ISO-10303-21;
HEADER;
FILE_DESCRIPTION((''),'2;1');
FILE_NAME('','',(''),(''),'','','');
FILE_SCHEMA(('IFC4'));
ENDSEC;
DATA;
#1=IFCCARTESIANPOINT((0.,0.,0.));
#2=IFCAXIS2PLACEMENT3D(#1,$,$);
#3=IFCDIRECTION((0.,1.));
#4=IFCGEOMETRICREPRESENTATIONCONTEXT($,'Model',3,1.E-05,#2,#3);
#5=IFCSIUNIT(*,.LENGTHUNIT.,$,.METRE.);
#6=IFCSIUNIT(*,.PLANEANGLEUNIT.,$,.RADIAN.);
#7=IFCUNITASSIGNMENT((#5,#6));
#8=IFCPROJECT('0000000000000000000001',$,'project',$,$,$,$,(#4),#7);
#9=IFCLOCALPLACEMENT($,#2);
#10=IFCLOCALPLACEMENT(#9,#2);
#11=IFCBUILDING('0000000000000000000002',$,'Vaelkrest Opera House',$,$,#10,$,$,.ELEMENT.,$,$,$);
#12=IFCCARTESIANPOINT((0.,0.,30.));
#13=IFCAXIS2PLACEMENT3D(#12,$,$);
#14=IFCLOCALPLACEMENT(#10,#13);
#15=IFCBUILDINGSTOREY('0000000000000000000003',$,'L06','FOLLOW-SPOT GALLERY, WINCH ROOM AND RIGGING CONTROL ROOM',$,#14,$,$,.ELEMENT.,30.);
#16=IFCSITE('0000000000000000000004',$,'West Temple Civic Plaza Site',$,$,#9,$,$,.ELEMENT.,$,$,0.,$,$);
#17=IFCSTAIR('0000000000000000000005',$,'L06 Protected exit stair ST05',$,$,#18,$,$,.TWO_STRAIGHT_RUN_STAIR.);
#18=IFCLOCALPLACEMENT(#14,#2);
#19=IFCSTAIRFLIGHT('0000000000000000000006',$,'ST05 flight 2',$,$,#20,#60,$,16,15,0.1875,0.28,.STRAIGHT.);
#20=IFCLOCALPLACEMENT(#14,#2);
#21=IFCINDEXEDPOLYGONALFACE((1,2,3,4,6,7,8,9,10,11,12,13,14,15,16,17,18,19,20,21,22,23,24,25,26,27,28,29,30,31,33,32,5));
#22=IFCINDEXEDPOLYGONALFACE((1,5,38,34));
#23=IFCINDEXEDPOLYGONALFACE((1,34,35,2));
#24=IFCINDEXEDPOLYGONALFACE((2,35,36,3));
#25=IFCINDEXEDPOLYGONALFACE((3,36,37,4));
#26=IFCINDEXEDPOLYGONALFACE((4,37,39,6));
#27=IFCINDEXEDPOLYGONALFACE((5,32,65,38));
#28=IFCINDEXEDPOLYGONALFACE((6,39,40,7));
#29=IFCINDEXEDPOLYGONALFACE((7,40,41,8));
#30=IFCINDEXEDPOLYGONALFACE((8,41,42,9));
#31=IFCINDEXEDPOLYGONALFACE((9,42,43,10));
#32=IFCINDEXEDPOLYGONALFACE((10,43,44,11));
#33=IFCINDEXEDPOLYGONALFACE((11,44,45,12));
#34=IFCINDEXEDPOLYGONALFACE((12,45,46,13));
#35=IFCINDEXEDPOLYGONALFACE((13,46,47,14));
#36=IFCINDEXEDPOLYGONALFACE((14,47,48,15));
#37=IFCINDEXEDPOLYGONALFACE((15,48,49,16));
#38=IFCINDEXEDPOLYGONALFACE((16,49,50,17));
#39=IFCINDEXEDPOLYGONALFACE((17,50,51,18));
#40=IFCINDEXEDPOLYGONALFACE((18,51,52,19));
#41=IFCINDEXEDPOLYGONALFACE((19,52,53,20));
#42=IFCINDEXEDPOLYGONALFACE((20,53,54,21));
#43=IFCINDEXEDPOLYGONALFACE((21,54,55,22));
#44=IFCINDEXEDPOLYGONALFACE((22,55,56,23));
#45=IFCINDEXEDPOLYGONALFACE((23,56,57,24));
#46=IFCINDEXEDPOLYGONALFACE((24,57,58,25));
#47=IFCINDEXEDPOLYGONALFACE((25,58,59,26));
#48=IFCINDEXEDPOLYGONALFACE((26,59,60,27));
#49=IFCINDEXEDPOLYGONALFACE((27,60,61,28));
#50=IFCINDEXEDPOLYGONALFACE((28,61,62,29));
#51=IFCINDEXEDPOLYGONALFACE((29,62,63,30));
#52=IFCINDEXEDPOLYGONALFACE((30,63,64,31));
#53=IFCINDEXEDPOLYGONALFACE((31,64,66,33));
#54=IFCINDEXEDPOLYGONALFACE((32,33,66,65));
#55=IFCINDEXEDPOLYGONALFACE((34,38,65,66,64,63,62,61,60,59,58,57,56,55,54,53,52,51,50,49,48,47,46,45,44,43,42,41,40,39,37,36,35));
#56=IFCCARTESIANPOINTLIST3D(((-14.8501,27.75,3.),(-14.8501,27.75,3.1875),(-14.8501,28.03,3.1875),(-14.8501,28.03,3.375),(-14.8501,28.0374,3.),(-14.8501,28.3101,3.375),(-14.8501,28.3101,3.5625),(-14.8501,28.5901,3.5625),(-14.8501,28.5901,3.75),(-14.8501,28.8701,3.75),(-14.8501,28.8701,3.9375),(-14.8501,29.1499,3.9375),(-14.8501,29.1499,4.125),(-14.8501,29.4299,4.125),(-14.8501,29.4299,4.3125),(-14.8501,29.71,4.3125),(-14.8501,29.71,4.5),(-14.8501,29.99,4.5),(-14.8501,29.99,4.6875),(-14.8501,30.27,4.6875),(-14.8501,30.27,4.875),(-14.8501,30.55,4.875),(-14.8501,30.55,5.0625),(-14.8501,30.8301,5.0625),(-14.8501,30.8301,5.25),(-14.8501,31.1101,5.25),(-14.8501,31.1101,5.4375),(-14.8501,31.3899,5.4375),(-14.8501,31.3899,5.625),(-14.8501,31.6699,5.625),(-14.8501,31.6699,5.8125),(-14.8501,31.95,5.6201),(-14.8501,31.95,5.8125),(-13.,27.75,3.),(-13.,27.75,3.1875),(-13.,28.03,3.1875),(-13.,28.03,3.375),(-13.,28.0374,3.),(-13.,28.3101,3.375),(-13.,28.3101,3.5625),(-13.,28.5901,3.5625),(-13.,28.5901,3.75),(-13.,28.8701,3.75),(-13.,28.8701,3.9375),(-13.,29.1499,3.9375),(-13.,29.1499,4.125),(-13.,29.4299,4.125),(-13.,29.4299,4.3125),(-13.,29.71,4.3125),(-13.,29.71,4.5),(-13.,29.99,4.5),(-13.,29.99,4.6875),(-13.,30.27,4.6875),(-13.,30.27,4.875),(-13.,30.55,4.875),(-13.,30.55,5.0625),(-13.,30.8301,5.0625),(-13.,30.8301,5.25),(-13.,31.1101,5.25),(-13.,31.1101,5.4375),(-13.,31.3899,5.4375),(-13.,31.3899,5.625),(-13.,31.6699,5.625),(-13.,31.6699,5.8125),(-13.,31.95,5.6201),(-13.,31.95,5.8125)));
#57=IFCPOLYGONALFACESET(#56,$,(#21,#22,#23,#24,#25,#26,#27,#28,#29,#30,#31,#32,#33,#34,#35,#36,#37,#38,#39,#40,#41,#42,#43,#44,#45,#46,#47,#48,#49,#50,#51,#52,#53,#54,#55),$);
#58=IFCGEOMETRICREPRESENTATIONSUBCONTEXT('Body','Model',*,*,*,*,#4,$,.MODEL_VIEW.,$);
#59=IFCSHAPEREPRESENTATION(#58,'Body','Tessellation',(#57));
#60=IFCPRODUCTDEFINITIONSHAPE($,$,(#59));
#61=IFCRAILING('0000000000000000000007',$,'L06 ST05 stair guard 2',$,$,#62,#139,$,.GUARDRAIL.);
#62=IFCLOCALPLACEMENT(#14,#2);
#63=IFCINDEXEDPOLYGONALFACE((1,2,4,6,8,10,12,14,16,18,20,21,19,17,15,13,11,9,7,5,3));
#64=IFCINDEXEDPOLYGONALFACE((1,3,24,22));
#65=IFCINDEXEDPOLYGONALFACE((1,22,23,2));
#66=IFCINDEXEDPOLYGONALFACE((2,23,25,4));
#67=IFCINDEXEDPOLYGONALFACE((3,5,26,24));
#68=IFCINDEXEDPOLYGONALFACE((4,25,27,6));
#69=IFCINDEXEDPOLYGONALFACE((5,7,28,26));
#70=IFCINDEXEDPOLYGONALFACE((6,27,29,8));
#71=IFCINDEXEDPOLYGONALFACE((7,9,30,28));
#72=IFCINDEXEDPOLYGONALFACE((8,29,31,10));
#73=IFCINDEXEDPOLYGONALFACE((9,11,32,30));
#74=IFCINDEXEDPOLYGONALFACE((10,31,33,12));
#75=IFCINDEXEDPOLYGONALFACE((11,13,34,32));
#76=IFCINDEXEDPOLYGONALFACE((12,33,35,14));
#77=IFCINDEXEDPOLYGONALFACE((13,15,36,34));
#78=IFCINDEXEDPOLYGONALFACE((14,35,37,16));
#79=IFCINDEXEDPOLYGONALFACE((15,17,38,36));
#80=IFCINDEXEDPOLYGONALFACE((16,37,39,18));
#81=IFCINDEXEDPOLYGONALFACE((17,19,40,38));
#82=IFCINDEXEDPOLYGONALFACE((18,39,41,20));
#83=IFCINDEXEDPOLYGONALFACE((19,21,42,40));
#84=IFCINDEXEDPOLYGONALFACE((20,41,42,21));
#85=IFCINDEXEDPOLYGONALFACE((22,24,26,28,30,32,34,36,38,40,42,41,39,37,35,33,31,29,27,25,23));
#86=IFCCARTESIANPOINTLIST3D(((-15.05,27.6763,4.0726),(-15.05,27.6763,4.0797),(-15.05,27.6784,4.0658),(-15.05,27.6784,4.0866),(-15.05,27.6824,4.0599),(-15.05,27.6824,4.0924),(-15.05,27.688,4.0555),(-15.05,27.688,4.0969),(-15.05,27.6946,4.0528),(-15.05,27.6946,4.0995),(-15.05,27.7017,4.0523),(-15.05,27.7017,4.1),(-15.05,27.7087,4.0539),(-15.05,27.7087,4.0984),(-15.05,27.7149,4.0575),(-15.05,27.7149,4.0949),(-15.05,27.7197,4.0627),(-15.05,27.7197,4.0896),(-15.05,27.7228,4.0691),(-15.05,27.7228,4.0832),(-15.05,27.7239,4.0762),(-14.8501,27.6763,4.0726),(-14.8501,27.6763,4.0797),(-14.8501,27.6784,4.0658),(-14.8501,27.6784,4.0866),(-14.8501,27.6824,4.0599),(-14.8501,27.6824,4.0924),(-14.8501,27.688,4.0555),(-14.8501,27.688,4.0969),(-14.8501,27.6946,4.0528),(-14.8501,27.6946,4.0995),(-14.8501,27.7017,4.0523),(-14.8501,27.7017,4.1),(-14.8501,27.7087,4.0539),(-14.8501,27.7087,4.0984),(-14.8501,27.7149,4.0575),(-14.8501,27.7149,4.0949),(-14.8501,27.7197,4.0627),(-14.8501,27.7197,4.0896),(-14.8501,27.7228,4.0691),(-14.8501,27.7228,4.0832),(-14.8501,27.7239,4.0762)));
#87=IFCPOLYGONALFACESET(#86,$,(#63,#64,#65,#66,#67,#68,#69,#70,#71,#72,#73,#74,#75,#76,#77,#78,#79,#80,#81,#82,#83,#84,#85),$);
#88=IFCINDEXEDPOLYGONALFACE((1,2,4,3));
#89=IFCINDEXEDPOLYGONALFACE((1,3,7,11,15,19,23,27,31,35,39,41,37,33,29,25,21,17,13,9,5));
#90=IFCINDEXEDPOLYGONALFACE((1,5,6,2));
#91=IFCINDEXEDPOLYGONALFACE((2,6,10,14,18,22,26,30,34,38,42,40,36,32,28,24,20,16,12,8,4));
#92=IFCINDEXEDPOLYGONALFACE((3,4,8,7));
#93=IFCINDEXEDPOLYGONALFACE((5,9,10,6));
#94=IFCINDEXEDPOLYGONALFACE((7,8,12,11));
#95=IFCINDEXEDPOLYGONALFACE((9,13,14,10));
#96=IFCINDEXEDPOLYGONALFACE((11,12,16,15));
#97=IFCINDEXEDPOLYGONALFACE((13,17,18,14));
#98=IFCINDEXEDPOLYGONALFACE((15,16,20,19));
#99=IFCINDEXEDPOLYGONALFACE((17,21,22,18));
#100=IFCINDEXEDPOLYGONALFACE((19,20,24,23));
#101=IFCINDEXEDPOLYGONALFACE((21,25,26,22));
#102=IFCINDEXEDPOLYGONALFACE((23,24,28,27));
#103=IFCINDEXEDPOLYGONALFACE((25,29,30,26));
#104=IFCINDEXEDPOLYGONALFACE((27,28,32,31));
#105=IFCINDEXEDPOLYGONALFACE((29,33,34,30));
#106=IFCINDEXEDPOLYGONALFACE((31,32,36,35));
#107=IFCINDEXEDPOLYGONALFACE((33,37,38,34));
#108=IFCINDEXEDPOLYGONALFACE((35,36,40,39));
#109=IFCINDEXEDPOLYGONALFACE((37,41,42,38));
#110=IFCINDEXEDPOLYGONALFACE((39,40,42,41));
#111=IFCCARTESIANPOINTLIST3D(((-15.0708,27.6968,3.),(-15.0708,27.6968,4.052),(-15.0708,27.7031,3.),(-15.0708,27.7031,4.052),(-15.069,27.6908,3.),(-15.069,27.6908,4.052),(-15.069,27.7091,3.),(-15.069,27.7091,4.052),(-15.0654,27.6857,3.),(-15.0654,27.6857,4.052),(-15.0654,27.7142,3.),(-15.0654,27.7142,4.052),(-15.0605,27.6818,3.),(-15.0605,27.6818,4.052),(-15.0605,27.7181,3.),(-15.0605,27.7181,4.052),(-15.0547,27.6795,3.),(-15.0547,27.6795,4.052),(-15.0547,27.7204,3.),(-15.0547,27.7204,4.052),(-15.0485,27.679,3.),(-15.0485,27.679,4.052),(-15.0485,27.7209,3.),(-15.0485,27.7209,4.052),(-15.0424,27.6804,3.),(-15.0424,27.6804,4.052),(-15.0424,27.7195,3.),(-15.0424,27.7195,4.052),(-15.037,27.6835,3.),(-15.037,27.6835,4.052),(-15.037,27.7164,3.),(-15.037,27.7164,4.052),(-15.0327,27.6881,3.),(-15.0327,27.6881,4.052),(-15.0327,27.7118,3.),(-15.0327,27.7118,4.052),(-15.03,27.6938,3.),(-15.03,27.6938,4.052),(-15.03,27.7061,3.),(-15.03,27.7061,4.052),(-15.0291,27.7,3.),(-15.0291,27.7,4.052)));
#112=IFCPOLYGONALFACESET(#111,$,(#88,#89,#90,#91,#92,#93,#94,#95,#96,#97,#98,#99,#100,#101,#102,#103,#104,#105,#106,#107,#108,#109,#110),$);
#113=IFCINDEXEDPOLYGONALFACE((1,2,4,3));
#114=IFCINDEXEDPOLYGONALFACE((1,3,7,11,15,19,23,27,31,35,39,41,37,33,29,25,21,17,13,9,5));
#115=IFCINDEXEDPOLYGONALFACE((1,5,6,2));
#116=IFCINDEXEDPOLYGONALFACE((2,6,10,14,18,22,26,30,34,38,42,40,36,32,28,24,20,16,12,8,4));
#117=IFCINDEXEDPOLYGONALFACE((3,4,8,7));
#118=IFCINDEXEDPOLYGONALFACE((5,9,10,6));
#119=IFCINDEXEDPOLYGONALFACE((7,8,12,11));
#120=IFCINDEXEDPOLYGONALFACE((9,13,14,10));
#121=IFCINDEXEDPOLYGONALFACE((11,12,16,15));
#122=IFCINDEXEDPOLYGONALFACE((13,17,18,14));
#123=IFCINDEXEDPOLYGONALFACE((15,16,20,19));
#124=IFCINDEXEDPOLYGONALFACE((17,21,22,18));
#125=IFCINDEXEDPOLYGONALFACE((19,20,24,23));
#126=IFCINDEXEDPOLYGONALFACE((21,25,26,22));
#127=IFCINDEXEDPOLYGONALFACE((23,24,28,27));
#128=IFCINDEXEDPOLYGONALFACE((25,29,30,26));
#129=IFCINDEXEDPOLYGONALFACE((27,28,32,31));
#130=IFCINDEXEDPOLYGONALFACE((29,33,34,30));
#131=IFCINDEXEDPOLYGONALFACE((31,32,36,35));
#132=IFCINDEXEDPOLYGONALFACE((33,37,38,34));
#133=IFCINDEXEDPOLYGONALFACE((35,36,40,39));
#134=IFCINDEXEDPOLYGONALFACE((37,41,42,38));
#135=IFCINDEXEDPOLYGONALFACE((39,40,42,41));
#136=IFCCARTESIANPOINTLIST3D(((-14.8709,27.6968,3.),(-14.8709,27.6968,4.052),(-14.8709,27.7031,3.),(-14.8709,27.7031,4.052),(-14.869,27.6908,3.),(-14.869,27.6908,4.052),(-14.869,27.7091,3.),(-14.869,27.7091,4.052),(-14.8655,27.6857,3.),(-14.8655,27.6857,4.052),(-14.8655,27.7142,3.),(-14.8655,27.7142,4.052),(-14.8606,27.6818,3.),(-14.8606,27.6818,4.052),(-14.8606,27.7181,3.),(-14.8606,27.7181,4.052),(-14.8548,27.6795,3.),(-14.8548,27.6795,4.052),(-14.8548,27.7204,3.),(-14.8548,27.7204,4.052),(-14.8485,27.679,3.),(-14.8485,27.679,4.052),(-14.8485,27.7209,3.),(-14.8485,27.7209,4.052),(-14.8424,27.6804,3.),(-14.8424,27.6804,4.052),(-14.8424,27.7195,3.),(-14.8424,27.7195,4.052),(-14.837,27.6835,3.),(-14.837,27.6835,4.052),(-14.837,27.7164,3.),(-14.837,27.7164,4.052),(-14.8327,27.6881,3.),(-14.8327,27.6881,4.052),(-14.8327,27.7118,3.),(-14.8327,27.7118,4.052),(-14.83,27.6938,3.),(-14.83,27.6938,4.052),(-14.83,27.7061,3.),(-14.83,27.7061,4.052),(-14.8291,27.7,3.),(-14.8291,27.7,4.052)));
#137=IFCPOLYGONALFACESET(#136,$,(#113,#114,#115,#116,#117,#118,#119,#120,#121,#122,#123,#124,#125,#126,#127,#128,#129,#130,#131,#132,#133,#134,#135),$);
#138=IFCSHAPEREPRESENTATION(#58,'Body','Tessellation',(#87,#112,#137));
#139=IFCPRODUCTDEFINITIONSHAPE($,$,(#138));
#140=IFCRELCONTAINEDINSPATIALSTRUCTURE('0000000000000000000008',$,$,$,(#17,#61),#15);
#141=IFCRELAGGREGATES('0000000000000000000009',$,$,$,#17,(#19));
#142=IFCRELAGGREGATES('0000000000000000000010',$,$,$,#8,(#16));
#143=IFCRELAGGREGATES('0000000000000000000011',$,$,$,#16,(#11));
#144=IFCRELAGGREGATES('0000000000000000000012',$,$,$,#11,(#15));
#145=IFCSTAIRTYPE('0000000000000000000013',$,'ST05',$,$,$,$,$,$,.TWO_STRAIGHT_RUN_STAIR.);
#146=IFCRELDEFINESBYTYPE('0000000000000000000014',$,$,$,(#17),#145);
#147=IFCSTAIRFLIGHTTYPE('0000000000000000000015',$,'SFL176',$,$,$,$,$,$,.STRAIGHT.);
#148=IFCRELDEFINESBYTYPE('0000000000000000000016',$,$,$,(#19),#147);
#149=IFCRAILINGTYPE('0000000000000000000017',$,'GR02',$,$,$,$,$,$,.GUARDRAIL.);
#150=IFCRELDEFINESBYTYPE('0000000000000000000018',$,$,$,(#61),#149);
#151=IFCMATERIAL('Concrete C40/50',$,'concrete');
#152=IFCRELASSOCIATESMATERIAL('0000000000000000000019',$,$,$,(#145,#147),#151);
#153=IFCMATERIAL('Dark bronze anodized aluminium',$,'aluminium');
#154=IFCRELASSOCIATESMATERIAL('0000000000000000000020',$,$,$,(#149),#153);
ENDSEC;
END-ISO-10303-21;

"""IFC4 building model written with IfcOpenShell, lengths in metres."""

from ifc_helpers import new_model, si_unit, direction, frame, origin, origin_2d, place, context, subcontext, project, spatial, polyline, circle, outline, extrude, material, type_object, element, aggregate, save


model = new_model("IFC4")

# Units and contexts
model_context = context("Model", 3, precision=1e-05, world=origin(), true_north=direction((0.0, 1.0)))
body_context = subcontext(model_context, "Body", "Model", "MODEL_VIEW")
ifc_project = project(units=[si_unit("LENGTHUNIT", "METRE"), si_unit("PLANEANGLEUNIT", "RADIAN")], contexts=[model_context])

# Site, building, storey
site_placement = place(None, origin())
site = spatial("IfcSite", under=ifc_project, at=site_placement, Name="West Temple Civic Plaza Site", CompositionType="ELEMENT", RefElevation=0.0)
building_placement = place(site_placement, origin())
building = spatial("IfcBuilding", under=site, at=building_placement, Name="Vaelkrest Opera House", CompositionType="ELEMENT")
storey_placement = place(building_placement, frame((0.0, 0.0, 30.0)))
storey = spatial("IfcBuildingStorey", under=building, at=storey_placement, Name="L06", Description="FOLLOW-SPOT GALLERY, WINCH ROOM AND RIGGING CONTROL ROOM", CompositionType="ELEMENT", Elevation=30.0)

# Shared definitions
ifc_material_1 = material(Name="Dark bronze anodized aluminium", Category="aluminium")

# Stair, stair flight
ifc_material_2 = material(Name="Concrete C40/50", Category="concrete")
stair_type = type_object("IfcStairType", Name="ST05", PredefinedType="TWO_STRAIGHT_RUN_STAIR", material=ifc_material_2)
stair_placement = place(storey_placement, origin())
stair = element("IfcStair", 1, at=stair_placement, inside=storey, type_object=stair_type, Name="L06 Protected exit stair ST05", PredefinedType="TWO_STRAIGHT_RUN_STAIR")
stair_flight_type = type_object("IfcStairFlightType", Name="SFL176", PredefinedType="STRAIGHT", material=ifc_material_2)
stair_flight_1_placement = place(storey_placement, frame((-13.925, 27.75, 3.0), z_axis=(0.0, 0.0, 1.0), x_axis=(0.0, 1.0, 0.0)))
stair_flight_1 = element("IfcStairFlight", 2, at=stair_flight_1_placement, type_object=stair_flight_type, Name="ST05 flight 2", NumberOfRisers=16, NumberOfTreads=15, PredefinedType="STRAIGHT", RiserHeight=0.1875, TreadLength=0.28, context=body_context, shape_type="SweptSolid", body=[
    extrude(outline(polyline([(0.0, 0.0), (0.0, 0.1875), (0.28, 0.1875), (0.28, 0.375), (0.5601, 0.375), (0.5601, 0.5625), (0.8401, 0.5625), (0.8401, 0.75), (1.1201, 0.75), (1.1201, 0.9375), (1.3999, 0.9375), (1.3999, 1.125), (1.6799, 1.125), (1.6799, 1.3125), (1.96, 1.3125), (1.96, 1.5), (2.24, 1.5), (2.24, 1.6875), (2.52, 1.6875), (2.52, 1.875), (2.8, 1.875), (2.8, 2.0625), (3.0801, 2.0625), (3.0801, 2.25), (3.3601, 2.25), (3.3601, 2.4375), (3.6399, 2.4375), (3.6399, 2.625), (3.9199, 2.625), (3.9199, 2.8125), (4.2, 2.8125), (4.2, 3.0), (4.2, 2.6201), (0.2874, 0.0), (0.0, 0.0)])), frame((0.0, 0.925, 0.0), z_axis=(0.0, -1.0, 0.0), x_axis=(1.0, 0.0, 0.0)), (0.0, 0.0, 1.0), 1.8501),
])
aggregate(stair, [stair_flight_1])

# Railing
railing_type_1 = type_object("IfcRailingType", Name="GR02", PredefinedType="GUARDRAIL", material=ifc_material_1)
railing_1_placement = place(storey_placement, frame((-15.05, 27.7, 3.0)))
element("IfcRailing", 3, at=railing_1_placement, inside=storey, type_object=railing_type_1, Name="L06 ST05 stair guard 2", PredefinedType="GUARDRAIL", context=body_context, shape_type="SweptSolid", body=[
    extrude(circle(Radius=0.0239, at=origin_2d()), frame((0.0, 0.0, 1.0762), z_axis=(1.0, 0.0, 0.0), x_axis=(0.0, 1.0, 0.0)), (0.0, 0.0, 1.0), 0.2),
    extrude(circle(Radius=0.021, at=origin_2d()), origin(), (0.0, 0.0, 1.0), 1.052),
    extrude(circle(Radius=0.021, at=origin_2d()), frame((0.2, 0.0, 0.0)), (0.0, 0.0, 1.0), 1.052),
])

save(model, "model.ifc")
